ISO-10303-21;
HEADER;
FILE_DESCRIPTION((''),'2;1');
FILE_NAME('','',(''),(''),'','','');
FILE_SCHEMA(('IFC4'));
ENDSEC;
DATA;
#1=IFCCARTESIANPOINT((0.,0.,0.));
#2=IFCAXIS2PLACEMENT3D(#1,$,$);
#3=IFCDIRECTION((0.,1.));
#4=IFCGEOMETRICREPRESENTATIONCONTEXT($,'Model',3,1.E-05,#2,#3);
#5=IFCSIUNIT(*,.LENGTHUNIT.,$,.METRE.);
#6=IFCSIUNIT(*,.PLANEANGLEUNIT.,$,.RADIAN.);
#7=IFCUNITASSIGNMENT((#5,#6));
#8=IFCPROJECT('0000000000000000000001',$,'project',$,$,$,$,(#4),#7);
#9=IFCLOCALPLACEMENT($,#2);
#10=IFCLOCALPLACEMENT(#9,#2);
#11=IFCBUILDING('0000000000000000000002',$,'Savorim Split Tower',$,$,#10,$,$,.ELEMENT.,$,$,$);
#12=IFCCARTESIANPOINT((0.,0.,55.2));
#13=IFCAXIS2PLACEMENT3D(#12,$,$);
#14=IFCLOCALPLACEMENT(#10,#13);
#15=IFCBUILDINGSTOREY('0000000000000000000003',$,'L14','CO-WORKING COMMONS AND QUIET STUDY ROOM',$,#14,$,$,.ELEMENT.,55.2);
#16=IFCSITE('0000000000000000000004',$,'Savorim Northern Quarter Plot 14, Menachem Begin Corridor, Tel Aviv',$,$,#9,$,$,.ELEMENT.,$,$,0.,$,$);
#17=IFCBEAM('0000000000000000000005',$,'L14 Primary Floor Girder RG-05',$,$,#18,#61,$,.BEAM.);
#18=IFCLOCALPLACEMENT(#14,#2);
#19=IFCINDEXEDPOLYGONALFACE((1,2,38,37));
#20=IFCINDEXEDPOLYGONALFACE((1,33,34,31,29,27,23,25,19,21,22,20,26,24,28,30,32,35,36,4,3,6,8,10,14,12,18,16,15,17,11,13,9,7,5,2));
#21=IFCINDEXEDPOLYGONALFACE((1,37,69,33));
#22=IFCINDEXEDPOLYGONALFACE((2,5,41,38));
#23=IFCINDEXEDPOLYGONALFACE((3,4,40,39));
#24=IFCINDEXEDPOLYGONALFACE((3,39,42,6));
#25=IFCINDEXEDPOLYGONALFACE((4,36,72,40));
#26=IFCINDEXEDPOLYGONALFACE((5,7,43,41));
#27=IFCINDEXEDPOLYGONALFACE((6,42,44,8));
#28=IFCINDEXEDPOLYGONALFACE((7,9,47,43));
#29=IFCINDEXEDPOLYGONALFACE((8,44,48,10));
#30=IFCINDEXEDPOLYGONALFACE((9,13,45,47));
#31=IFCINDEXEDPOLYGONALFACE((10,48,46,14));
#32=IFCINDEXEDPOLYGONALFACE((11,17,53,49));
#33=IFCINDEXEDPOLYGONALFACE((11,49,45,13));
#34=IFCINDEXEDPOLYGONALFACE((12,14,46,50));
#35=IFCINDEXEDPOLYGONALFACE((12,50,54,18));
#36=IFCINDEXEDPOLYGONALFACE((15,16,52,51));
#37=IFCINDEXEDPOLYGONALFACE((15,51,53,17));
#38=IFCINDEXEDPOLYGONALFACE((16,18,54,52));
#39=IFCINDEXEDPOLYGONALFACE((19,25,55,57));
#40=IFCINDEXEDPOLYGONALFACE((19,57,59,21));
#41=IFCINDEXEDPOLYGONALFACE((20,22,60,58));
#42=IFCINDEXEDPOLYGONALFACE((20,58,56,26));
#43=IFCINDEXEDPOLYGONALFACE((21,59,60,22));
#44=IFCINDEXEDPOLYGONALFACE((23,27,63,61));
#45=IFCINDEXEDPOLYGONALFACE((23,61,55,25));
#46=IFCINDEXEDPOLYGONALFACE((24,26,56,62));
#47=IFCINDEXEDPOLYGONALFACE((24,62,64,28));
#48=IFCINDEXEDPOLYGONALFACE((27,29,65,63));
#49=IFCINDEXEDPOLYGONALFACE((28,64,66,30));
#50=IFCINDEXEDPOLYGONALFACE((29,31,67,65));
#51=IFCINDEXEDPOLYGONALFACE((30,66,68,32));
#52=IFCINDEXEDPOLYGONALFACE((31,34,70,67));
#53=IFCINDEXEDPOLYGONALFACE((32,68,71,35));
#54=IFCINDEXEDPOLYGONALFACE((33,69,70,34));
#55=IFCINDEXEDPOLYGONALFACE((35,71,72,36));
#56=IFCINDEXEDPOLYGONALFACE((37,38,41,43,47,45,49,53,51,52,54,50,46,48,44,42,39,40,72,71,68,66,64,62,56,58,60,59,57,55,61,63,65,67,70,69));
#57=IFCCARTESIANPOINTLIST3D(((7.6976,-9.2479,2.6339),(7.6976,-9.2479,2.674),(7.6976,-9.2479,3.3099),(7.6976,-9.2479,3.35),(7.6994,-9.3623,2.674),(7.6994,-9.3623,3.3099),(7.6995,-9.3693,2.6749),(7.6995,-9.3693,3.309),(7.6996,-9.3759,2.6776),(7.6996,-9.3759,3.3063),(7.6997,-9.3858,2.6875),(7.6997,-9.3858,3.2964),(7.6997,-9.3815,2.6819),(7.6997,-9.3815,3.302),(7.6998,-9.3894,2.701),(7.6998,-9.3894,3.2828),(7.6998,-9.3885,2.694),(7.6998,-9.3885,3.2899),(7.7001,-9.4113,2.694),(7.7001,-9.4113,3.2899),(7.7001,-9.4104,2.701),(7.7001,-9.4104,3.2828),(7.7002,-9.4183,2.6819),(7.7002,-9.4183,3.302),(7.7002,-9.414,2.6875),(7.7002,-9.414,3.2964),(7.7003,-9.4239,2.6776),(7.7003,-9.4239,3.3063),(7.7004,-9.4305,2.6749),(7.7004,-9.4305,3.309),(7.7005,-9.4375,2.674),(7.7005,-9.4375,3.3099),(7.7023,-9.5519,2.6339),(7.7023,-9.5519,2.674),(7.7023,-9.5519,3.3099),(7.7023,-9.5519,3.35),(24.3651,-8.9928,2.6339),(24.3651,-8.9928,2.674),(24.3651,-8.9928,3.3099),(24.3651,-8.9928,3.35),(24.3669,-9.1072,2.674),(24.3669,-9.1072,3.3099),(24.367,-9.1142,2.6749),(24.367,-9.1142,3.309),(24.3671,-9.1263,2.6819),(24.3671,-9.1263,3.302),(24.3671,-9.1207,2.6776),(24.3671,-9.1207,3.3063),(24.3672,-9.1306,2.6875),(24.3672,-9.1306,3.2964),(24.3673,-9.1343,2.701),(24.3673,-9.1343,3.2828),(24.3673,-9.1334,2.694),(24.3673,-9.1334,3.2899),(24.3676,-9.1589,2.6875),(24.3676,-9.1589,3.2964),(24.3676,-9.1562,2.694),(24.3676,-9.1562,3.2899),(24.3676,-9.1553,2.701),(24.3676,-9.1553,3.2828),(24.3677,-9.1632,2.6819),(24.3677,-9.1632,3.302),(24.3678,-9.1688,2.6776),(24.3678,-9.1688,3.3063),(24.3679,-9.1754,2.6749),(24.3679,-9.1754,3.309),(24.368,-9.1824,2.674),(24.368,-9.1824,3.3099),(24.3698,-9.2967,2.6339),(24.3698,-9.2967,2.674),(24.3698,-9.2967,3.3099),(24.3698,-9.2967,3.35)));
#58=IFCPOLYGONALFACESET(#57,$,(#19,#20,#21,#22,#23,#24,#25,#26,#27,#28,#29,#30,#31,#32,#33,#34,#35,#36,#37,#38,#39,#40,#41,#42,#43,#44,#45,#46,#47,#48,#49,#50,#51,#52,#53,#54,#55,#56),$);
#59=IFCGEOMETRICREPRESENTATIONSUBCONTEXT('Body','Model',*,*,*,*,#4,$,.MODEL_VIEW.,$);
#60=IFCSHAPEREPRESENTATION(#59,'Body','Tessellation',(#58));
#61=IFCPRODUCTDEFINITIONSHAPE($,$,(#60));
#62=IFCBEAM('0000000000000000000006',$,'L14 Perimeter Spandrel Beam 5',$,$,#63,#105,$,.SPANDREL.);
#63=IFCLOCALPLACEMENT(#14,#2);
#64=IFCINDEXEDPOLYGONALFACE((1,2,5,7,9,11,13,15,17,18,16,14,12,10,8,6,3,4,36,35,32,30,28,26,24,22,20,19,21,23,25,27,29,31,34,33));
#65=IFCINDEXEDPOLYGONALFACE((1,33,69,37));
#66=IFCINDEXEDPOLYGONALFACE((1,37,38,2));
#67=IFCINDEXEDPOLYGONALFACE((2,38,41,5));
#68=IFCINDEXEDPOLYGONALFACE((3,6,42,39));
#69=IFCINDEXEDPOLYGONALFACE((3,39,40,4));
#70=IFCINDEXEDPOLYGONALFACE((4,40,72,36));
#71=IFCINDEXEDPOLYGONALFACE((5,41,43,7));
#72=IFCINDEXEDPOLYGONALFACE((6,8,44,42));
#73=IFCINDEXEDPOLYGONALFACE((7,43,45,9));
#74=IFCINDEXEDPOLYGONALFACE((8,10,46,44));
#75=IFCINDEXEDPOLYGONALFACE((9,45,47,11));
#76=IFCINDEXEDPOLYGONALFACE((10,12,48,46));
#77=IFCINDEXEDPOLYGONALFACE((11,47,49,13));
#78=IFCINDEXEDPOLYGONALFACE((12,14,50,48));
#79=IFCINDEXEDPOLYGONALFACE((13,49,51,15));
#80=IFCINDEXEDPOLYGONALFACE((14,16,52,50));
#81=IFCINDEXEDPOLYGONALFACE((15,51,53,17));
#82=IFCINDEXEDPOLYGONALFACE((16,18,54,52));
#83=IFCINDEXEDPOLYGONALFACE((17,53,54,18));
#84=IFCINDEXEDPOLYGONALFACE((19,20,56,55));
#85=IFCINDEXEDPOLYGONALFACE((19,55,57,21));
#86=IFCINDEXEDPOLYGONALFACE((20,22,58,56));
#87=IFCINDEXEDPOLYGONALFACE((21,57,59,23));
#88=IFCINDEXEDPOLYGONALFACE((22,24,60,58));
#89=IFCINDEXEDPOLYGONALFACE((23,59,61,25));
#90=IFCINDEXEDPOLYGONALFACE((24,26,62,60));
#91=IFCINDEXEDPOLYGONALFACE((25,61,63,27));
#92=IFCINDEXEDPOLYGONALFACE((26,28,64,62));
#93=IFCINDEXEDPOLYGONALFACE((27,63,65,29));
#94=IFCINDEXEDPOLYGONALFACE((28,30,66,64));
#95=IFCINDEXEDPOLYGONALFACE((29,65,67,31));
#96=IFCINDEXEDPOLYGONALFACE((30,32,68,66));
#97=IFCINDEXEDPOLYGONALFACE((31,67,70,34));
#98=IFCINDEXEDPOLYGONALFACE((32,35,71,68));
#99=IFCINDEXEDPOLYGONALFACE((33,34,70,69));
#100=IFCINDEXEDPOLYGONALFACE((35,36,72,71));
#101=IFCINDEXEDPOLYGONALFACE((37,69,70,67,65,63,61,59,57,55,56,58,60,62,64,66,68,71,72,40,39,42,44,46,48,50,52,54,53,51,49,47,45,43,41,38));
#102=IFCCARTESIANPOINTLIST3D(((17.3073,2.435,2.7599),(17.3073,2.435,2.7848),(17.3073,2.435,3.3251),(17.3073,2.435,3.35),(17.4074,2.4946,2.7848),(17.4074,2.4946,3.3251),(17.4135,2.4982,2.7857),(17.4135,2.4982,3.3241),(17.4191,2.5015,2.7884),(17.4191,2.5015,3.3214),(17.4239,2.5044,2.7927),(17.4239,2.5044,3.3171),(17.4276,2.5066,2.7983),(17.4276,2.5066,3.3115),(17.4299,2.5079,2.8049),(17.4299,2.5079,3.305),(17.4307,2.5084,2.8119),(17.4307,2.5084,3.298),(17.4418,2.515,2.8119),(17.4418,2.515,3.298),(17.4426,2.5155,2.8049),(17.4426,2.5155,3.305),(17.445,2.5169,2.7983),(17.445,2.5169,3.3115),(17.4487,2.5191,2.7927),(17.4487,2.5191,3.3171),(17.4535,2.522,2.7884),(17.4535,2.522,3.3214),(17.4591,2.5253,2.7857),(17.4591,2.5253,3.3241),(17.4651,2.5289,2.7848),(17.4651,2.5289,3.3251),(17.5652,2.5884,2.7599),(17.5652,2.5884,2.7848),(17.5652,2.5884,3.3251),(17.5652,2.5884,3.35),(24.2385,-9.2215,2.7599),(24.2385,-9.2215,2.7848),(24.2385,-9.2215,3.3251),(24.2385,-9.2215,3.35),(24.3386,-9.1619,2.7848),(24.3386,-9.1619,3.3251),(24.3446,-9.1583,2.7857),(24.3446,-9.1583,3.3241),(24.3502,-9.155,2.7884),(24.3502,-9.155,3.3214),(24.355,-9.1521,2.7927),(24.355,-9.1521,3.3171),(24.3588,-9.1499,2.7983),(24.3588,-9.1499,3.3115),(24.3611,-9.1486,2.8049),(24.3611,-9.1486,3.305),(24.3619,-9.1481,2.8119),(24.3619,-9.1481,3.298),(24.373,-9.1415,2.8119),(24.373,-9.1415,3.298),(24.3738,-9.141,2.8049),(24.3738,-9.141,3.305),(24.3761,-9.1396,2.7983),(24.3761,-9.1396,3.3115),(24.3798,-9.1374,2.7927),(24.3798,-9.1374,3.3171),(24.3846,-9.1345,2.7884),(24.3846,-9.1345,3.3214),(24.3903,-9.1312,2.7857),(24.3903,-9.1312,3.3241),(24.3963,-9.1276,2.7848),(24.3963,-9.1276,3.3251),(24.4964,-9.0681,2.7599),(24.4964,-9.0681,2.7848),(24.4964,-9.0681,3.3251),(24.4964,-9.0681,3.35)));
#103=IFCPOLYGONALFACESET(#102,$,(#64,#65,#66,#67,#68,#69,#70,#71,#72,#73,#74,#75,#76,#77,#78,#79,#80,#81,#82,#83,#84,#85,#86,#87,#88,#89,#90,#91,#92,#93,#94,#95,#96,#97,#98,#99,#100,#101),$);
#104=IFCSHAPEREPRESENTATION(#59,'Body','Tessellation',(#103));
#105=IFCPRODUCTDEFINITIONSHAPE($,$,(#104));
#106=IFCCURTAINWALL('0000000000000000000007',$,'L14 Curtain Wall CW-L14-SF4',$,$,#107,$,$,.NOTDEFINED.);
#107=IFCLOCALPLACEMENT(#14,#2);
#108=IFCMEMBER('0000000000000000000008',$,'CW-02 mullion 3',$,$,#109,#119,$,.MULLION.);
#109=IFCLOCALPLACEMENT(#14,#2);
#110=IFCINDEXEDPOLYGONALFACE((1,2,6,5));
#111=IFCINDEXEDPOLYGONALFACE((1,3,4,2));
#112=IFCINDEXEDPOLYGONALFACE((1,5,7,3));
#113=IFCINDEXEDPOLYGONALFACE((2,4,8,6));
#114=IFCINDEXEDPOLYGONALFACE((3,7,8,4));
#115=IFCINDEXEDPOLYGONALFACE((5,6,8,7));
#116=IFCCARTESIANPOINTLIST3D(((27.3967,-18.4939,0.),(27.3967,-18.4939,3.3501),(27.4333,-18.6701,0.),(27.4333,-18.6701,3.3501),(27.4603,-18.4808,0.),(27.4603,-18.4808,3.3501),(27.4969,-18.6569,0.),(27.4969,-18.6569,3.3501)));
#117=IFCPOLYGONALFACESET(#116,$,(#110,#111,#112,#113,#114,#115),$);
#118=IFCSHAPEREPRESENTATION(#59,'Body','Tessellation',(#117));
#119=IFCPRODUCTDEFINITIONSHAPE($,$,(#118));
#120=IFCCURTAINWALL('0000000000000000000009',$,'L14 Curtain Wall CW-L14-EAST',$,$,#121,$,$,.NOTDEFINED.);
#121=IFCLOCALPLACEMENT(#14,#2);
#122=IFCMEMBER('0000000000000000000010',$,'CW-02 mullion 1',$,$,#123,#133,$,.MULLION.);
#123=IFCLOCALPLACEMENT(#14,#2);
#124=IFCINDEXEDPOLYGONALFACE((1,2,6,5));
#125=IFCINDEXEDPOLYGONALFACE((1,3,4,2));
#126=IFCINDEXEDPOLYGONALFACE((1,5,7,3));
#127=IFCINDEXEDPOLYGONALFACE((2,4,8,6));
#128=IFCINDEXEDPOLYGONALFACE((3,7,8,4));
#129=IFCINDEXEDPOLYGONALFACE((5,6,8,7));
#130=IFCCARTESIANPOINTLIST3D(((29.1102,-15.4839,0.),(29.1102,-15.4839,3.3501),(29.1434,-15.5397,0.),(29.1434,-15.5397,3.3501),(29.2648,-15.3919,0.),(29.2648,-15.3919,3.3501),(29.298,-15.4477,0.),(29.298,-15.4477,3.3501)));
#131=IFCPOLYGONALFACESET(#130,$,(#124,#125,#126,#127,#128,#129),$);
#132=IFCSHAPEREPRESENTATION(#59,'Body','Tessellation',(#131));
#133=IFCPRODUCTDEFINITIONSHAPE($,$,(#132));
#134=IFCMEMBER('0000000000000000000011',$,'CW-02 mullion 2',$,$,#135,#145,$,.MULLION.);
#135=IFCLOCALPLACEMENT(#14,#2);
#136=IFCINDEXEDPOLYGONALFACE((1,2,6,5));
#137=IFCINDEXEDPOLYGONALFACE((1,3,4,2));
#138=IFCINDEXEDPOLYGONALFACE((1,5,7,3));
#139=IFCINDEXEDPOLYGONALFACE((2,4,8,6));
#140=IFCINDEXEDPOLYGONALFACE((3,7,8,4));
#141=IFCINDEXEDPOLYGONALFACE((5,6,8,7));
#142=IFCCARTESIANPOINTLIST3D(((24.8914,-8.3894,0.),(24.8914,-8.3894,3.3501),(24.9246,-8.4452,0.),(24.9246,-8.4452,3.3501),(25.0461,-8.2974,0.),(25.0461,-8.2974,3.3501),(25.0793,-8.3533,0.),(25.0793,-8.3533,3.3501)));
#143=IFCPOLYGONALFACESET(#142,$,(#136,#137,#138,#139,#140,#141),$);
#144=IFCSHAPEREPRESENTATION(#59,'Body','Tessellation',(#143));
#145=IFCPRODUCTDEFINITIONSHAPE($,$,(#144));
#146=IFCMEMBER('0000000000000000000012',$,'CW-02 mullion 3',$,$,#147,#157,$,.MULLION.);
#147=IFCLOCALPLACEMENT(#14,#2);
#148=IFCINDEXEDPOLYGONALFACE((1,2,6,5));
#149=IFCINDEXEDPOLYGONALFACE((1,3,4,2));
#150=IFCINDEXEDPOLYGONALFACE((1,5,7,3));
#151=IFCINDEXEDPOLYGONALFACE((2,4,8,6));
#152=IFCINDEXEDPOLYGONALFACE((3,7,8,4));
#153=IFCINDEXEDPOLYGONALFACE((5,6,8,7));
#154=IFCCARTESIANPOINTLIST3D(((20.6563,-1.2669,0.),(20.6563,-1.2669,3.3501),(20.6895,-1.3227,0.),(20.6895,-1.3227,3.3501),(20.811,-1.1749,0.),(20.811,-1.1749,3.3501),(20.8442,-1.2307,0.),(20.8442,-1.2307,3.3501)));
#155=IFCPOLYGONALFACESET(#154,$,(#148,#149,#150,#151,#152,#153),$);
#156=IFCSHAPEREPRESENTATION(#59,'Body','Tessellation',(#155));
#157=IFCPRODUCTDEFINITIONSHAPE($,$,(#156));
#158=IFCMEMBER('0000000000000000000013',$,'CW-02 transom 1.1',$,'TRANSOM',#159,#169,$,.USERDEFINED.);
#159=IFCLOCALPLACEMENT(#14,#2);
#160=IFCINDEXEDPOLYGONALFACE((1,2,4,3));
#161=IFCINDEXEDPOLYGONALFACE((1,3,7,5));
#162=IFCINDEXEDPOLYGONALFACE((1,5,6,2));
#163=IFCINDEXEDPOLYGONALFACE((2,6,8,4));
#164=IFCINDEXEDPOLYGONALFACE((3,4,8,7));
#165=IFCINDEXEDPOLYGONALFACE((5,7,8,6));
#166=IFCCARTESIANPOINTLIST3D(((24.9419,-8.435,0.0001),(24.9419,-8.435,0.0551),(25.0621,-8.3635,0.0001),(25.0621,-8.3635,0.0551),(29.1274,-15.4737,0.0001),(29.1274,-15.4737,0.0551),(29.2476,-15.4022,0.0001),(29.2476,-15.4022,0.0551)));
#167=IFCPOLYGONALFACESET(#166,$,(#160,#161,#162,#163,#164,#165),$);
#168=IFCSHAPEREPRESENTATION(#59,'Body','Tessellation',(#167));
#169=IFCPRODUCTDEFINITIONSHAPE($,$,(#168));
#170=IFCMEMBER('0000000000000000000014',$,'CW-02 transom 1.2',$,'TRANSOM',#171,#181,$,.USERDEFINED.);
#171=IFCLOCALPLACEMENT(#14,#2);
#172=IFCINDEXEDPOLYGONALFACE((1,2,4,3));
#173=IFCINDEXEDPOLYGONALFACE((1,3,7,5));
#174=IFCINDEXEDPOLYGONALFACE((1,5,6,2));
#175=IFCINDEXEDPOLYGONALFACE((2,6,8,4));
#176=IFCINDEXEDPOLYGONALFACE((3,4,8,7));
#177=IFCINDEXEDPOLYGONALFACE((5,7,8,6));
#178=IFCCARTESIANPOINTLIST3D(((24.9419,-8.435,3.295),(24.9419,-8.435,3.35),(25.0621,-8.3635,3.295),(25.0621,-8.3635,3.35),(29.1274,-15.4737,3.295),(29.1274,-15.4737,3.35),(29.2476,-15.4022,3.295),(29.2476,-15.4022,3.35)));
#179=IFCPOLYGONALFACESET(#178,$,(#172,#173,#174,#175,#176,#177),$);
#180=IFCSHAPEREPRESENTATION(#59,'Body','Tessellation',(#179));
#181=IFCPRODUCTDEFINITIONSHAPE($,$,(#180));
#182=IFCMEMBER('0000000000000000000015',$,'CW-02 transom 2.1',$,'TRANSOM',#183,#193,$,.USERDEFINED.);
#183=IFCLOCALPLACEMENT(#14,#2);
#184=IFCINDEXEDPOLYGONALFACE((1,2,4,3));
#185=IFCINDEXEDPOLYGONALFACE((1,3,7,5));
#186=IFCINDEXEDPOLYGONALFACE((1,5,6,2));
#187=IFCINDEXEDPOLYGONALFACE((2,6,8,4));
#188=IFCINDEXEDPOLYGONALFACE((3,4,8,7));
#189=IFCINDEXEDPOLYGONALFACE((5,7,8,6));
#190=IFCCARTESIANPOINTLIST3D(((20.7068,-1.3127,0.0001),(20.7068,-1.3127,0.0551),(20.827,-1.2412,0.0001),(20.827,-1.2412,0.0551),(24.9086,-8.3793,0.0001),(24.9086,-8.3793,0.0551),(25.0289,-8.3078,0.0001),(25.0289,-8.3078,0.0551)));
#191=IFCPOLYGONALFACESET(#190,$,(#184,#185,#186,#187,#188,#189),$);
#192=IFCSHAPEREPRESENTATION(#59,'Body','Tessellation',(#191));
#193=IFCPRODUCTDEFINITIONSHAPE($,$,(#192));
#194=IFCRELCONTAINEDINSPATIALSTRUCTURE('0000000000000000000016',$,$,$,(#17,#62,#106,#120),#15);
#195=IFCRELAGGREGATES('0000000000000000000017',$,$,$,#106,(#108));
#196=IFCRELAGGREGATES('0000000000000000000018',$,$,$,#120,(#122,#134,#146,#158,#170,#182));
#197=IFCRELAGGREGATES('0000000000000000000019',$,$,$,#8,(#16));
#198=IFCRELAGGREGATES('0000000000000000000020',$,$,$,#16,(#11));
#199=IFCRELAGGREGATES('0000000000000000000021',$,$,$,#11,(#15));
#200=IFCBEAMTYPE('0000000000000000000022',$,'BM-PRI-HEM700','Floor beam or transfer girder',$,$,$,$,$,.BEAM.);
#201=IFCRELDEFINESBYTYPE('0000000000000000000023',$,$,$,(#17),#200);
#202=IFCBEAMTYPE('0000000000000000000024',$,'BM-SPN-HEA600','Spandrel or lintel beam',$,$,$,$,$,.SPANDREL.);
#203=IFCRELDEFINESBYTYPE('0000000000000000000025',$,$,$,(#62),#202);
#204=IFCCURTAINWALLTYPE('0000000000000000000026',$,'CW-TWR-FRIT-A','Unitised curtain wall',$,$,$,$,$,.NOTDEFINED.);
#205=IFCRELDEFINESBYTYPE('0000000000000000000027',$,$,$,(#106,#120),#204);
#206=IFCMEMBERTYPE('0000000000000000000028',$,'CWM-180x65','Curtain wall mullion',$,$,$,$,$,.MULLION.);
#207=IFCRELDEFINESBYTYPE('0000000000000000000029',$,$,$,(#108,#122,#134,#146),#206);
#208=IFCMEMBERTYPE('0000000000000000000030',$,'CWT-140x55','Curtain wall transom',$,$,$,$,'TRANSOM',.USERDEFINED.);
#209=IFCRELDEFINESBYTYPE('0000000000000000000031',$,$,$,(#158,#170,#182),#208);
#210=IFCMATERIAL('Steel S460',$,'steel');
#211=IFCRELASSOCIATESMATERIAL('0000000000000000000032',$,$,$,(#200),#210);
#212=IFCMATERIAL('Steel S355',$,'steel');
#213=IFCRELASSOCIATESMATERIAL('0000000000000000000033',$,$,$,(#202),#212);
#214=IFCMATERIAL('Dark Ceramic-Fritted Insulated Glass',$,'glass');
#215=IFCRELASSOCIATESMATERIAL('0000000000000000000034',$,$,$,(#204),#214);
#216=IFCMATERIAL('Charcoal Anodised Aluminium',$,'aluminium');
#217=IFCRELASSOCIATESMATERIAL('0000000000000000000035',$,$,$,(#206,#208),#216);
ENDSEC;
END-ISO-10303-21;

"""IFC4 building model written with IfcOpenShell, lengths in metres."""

from ifc_helpers import new_model, si_unit, direction, frame, origin, origin_2d, place, context, subcontext, project, spatial, rectangle, i_section, extrude, material, material_profile, profile_set, type_object, element, aggregate, save


model = new_model("IFC4")

# Units and contexts
model_context = context("Model", 3, precision=1e-05, world=origin(), true_north=direction((0.0, 1.0)))
body_context = subcontext(model_context, "Body", "Model", "MODEL_VIEW")
ifc_project = project(units=[si_unit("LENGTHUNIT", "METRE"), si_unit("PLANEANGLEUNIT", "RADIAN")], contexts=[model_context])

# Site, building, storey
site_placement = place(None, origin())
site = spatial("IfcSite", under=ifc_project, at=site_placement, Name="Savorim Northern Quarter Plot 14, Menachem Begin Corridor, Tel Aviv", CompositionType="ELEMENT", RefElevation=0.0)
building_placement = place(site_placement, origin())
building = spatial("IfcBuilding", under=site, at=building_placement, Name="Savorim Split Tower", CompositionType="ELEMENT")
storey_placement = place(building_placement, frame((0.0, 0.0, 55.2)))
storey = spatial("IfcBuildingStorey", under=building, at=storey_placement, Name="L14", Description="CO-WORKING COMMONS AND QUIET STUDY ROOM", CompositionType="ELEMENT", Elevation=55.2)

# Shared definitions
ifc_material_1 = material(Name="Steel S460", Category="steel")

# Beams
ifc_material_2 = material(Name="Steel S355", Category="steel")
ifc_material_profile_1 = material_profile(ifc_material_1, i_section(OverallWidth=0.304, OverallDepth=0.7161, WebThickness=0.021, FlangeThickness=0.04, FilletRadius=0.0271, at=origin_2d()), Name="HE 700 M")
ifc_profile_set_1 = profile_set([ifc_material_profile_1], Name="Steel S460")
beam_type_1 = type_object("IfcBeamType", Name="BM-PRI-HEM700", Description="Floor beam or transfer girder", PredefinedType="BEAM", material=ifc_profile_set_1)
beam_1_placement = place(storey_placement, frame((24.3674, -9.1448, 2.9919), z_axis=(-0.999883, -0.015305, 0.0), x_axis=(0.015305, -0.999883, 0.0)))
element("IfcBeam", 1, at=beam_1_placement, inside=storey, type_object=beam_type_1, Name="L14 Primary Floor Girder RG-05", PredefinedType="BEAM", context=body_context, shape_type="SweptSolid", body=[
    extrude(i_section(OverallWidth=0.304, OverallDepth=0.7161, WebThickness=0.021, FlangeThickness=0.04, FilletRadius=0.0271, at=origin_2d()), origin(), (0.0, 0.0, 1.0), 16.6694),
])
ifc_material_profile_2 = material_profile(ifc_material_2, i_section(OverallWidth=0.3, OverallDepth=0.5901, WebThickness=0.0129, FlangeThickness=0.0249, FilletRadius=0.0271, at=origin_2d()), Name="HEA 600")
ifc_profile_set_2 = profile_set([ifc_material_profile_2], Name="Steel S355")
beam_type_2 = type_object("IfcBeamType", Name="BM-SPN-HEA600", Description="Spandrel or lintel beam", PredefinedType="SPANDREL", material=ifc_profile_set_2)
beam_2_placement = place(storey_placement, frame((24.3674, -9.1448, 3.0549), z_axis=(-0.51109, 0.859527, 0.0), x_axis=(-0.859527, -0.51109, 0.0)))
element("IfcBeam", 2, at=beam_2_placement, inside=storey, type_object=beam_type_2, Name="L14 Perimeter Spandrel Beam 5", PredefinedType="SPANDREL", context=body_context, shape_type="SweptSolid", body=[
    extrude(i_section(OverallWidth=0.3, OverallDepth=0.5901, WebThickness=0.0129, FlangeThickness=0.0249, FilletRadius=0.0271, at=origin_2d()), origin(), (0.0, 0.0, 1.0), 13.5615),
])

# Curtain wall, member
ifc_material_3 = material(Name="Dark Ceramic-Fritted Insulated Glass", Category="glass")
curtain_wall_type = type_object("IfcCurtainWallType", Name="CW-TWR-FRIT-A", Description="Unitised curtain wall", PredefinedType="NOTDEFINED", material=ifc_material_3)
curtain_wall_1_placement = place(storey_placement, origin())
curtain_wall_1 = element("IfcCurtainWall", 3, at=curtain_wall_1_placement, inside=storey, type_object=curtain_wall_type, Name="L14 Curtain Wall CW-L14-SF4", PredefinedType="NOTDEFINED")
ifc_material_4 = material(Name="Charcoal Anodised Aluminium", Category="aluminium")
ifc_material_profile_3 = material_profile(ifc_material_4, rectangle(XDim=0.1799, YDim=0.0649, at=origin_2d()), Name="ALU-M 180x65")
ifc_profile_set_3 = profile_set([ifc_material_profile_3], Name="Charcoal Anodised Aluminium")
member_type_1 = type_object("IfcMemberType", Name="CWM-180x65", Description="Curtain wall mullion", PredefinedType="MULLION", material=ifc_profile_set_3)
member_1_placement = place(storey_placement, frame((27.4468, -18.5754, 0.0), z_axis=(0.0, 0.0, 1.0), x_axis=(-0.203214, 0.979134, 0.0)))
member_1 = element("IfcMember", 4, at=member_1_placement, type_object=member_type_1, Name="CW-02 mullion 3", PredefinedType="MULLION", context=body_context, shape_type="SweptSolid", body=[
    extrude(rectangle(XDim=0.1799, YDim=0.0649, at=origin_2d()), origin(), (0.0, 0.0, 1.0), 3.3501),
])
aggregate(curtain_wall_1, [member_1])

# Curtain wall, members
curtain_wall_2_placement = place(storey_placement, origin())
curtain_wall_2 = element("IfcCurtainWall", 5, at=curtain_wall_2_placement, inside=storey, type_object=curtain_wall_type, Name="L14 Curtain Wall CW-L14-EAST", PredefinedType="NOTDEFINED")
member_2_placement = place(storey_placement, frame((29.2041, -15.4658, 0.0), z_axis=(0.0, 0.0, 1.0), x_axis=(-0.859526, -0.511092, 0.0)))
member_2 = element("IfcMember", 6, at=member_2_placement, type_object=member_type_1, Name="CW-02 mullion 1", PredefinedType="MULLION", context=body_context, shape_type="SweptSolid", body=[
    extrude(rectangle(XDim=0.1799, YDim=0.0649, at=origin_2d()), origin(), (0.0, 0.0, 1.0), 3.3501),
])
member_3_placement = place(storey_placement, frame((24.9854, -8.3713, 0.0), z_axis=(0.0, 0.0, 1.0), x_axis=(-0.859526, -0.511092, 0.0)))
member_3 = element("IfcMember", 7, at=member_3_placement, type_object=member_type_1, Name="CW-02 mullion 2", PredefinedType="MULLION", context=body_context, shape_type="SweptSolid", body=[
    extrude(rectangle(XDim=0.1799, YDim=0.0649, at=origin_2d()), origin(), (0.0, 0.0, 1.0), 3.3501),
])
member_4_placement = place(storey_placement, frame((20.7502, -1.2488, 0.0), z_axis=(0.0, 0.0, 1.0), x_axis=(-0.859526, -0.511092, 0.0)))
member_4 = element("IfcMember", 8, at=member_4_placement, type_object=member_type_1, Name="CW-02 mullion 3", PredefinedType="MULLION", context=body_context, shape_type="SweptSolid", body=[
    extrude(rectangle(XDim=0.1799, YDim=0.0649, at=origin_2d()), origin(), (0.0, 0.0, 1.0), 3.3501),
])
ifc_material_profile_4 = material_profile(ifc_material_4, rectangle(XDim=0.1399, YDim=0.0549, at=origin_2d()), Name="ALU-T 140x55")
ifc_profile_set_4 = profile_set([ifc_material_profile_4], Name="Charcoal Anodised Aluminium")
member_type_2 = type_object("IfcMemberType", Name="CWT-140x55", Description="Curtain wall transom", ElementType="TRANSOM", PredefinedType="USERDEFINED", material=ifc_profile_set_4)
member_5_placement = place(storey_placement, frame((29.1875, -15.438, 0.0276), z_axis=(-0.511103, 0.85952, 0.0), x_axis=(-0.85952, -0.511103, 0.0)))
member_5 = element("IfcMember", 9, at=member_5_placement, type_object=member_type_2, Name="CW-02 transom 1.1", ObjectType="TRANSOM", PredefinedType="USERDEFINED", context=body_context, shape_type="SweptSolid", body=[
    extrude(rectangle(XDim=0.1399, YDim=0.0549, at=origin_2d()), origin(), (0.0, 0.0, 1.0), 8.1892),
])
member_6_placement = place(storey_placement, frame((29.1875, -15.438, 3.3225), z_axis=(-0.511103, 0.85952, 0.0), x_axis=(-0.85952, -0.511103, 0.0)))
member_6 = element("IfcMember", 10, at=member_6_placement, type_object=member_type_2, Name="CW-02 transom 1.2", ObjectType="TRANSOM", PredefinedType="USERDEFINED", context=body_context, shape_type="SweptSolid", body=[
    extrude(rectangle(XDim=0.1399, YDim=0.0549, at=origin_2d()), origin(), (0.0, 0.0, 1.0), 8.1892),
])
member_7_placement = place(storey_placement, frame((24.9688, -8.3435, 0.0276), z_axis=(-0.511085, 0.85953, 0.0), x_axis=(-0.85953, -0.511085, 0.0)))
member_7 = element("IfcMember", 11, at=member_7_placement, type_object=member_type_2, Name="CW-02 transom 2.1", ObjectType="TRANSOM", PredefinedType="USERDEFINED", context=body_context, shape_type="SweptSolid", body=[
    extrude(rectangle(XDim=0.1399, YDim=0.0549, at=origin_2d()), origin(), (0.0, 0.0, 1.0), 8.2214),
])
aggregate(curtain_wall_2, [member_2, member_3, member_4, member_5, member_6, member_7])

save(model, "model.ifc")
